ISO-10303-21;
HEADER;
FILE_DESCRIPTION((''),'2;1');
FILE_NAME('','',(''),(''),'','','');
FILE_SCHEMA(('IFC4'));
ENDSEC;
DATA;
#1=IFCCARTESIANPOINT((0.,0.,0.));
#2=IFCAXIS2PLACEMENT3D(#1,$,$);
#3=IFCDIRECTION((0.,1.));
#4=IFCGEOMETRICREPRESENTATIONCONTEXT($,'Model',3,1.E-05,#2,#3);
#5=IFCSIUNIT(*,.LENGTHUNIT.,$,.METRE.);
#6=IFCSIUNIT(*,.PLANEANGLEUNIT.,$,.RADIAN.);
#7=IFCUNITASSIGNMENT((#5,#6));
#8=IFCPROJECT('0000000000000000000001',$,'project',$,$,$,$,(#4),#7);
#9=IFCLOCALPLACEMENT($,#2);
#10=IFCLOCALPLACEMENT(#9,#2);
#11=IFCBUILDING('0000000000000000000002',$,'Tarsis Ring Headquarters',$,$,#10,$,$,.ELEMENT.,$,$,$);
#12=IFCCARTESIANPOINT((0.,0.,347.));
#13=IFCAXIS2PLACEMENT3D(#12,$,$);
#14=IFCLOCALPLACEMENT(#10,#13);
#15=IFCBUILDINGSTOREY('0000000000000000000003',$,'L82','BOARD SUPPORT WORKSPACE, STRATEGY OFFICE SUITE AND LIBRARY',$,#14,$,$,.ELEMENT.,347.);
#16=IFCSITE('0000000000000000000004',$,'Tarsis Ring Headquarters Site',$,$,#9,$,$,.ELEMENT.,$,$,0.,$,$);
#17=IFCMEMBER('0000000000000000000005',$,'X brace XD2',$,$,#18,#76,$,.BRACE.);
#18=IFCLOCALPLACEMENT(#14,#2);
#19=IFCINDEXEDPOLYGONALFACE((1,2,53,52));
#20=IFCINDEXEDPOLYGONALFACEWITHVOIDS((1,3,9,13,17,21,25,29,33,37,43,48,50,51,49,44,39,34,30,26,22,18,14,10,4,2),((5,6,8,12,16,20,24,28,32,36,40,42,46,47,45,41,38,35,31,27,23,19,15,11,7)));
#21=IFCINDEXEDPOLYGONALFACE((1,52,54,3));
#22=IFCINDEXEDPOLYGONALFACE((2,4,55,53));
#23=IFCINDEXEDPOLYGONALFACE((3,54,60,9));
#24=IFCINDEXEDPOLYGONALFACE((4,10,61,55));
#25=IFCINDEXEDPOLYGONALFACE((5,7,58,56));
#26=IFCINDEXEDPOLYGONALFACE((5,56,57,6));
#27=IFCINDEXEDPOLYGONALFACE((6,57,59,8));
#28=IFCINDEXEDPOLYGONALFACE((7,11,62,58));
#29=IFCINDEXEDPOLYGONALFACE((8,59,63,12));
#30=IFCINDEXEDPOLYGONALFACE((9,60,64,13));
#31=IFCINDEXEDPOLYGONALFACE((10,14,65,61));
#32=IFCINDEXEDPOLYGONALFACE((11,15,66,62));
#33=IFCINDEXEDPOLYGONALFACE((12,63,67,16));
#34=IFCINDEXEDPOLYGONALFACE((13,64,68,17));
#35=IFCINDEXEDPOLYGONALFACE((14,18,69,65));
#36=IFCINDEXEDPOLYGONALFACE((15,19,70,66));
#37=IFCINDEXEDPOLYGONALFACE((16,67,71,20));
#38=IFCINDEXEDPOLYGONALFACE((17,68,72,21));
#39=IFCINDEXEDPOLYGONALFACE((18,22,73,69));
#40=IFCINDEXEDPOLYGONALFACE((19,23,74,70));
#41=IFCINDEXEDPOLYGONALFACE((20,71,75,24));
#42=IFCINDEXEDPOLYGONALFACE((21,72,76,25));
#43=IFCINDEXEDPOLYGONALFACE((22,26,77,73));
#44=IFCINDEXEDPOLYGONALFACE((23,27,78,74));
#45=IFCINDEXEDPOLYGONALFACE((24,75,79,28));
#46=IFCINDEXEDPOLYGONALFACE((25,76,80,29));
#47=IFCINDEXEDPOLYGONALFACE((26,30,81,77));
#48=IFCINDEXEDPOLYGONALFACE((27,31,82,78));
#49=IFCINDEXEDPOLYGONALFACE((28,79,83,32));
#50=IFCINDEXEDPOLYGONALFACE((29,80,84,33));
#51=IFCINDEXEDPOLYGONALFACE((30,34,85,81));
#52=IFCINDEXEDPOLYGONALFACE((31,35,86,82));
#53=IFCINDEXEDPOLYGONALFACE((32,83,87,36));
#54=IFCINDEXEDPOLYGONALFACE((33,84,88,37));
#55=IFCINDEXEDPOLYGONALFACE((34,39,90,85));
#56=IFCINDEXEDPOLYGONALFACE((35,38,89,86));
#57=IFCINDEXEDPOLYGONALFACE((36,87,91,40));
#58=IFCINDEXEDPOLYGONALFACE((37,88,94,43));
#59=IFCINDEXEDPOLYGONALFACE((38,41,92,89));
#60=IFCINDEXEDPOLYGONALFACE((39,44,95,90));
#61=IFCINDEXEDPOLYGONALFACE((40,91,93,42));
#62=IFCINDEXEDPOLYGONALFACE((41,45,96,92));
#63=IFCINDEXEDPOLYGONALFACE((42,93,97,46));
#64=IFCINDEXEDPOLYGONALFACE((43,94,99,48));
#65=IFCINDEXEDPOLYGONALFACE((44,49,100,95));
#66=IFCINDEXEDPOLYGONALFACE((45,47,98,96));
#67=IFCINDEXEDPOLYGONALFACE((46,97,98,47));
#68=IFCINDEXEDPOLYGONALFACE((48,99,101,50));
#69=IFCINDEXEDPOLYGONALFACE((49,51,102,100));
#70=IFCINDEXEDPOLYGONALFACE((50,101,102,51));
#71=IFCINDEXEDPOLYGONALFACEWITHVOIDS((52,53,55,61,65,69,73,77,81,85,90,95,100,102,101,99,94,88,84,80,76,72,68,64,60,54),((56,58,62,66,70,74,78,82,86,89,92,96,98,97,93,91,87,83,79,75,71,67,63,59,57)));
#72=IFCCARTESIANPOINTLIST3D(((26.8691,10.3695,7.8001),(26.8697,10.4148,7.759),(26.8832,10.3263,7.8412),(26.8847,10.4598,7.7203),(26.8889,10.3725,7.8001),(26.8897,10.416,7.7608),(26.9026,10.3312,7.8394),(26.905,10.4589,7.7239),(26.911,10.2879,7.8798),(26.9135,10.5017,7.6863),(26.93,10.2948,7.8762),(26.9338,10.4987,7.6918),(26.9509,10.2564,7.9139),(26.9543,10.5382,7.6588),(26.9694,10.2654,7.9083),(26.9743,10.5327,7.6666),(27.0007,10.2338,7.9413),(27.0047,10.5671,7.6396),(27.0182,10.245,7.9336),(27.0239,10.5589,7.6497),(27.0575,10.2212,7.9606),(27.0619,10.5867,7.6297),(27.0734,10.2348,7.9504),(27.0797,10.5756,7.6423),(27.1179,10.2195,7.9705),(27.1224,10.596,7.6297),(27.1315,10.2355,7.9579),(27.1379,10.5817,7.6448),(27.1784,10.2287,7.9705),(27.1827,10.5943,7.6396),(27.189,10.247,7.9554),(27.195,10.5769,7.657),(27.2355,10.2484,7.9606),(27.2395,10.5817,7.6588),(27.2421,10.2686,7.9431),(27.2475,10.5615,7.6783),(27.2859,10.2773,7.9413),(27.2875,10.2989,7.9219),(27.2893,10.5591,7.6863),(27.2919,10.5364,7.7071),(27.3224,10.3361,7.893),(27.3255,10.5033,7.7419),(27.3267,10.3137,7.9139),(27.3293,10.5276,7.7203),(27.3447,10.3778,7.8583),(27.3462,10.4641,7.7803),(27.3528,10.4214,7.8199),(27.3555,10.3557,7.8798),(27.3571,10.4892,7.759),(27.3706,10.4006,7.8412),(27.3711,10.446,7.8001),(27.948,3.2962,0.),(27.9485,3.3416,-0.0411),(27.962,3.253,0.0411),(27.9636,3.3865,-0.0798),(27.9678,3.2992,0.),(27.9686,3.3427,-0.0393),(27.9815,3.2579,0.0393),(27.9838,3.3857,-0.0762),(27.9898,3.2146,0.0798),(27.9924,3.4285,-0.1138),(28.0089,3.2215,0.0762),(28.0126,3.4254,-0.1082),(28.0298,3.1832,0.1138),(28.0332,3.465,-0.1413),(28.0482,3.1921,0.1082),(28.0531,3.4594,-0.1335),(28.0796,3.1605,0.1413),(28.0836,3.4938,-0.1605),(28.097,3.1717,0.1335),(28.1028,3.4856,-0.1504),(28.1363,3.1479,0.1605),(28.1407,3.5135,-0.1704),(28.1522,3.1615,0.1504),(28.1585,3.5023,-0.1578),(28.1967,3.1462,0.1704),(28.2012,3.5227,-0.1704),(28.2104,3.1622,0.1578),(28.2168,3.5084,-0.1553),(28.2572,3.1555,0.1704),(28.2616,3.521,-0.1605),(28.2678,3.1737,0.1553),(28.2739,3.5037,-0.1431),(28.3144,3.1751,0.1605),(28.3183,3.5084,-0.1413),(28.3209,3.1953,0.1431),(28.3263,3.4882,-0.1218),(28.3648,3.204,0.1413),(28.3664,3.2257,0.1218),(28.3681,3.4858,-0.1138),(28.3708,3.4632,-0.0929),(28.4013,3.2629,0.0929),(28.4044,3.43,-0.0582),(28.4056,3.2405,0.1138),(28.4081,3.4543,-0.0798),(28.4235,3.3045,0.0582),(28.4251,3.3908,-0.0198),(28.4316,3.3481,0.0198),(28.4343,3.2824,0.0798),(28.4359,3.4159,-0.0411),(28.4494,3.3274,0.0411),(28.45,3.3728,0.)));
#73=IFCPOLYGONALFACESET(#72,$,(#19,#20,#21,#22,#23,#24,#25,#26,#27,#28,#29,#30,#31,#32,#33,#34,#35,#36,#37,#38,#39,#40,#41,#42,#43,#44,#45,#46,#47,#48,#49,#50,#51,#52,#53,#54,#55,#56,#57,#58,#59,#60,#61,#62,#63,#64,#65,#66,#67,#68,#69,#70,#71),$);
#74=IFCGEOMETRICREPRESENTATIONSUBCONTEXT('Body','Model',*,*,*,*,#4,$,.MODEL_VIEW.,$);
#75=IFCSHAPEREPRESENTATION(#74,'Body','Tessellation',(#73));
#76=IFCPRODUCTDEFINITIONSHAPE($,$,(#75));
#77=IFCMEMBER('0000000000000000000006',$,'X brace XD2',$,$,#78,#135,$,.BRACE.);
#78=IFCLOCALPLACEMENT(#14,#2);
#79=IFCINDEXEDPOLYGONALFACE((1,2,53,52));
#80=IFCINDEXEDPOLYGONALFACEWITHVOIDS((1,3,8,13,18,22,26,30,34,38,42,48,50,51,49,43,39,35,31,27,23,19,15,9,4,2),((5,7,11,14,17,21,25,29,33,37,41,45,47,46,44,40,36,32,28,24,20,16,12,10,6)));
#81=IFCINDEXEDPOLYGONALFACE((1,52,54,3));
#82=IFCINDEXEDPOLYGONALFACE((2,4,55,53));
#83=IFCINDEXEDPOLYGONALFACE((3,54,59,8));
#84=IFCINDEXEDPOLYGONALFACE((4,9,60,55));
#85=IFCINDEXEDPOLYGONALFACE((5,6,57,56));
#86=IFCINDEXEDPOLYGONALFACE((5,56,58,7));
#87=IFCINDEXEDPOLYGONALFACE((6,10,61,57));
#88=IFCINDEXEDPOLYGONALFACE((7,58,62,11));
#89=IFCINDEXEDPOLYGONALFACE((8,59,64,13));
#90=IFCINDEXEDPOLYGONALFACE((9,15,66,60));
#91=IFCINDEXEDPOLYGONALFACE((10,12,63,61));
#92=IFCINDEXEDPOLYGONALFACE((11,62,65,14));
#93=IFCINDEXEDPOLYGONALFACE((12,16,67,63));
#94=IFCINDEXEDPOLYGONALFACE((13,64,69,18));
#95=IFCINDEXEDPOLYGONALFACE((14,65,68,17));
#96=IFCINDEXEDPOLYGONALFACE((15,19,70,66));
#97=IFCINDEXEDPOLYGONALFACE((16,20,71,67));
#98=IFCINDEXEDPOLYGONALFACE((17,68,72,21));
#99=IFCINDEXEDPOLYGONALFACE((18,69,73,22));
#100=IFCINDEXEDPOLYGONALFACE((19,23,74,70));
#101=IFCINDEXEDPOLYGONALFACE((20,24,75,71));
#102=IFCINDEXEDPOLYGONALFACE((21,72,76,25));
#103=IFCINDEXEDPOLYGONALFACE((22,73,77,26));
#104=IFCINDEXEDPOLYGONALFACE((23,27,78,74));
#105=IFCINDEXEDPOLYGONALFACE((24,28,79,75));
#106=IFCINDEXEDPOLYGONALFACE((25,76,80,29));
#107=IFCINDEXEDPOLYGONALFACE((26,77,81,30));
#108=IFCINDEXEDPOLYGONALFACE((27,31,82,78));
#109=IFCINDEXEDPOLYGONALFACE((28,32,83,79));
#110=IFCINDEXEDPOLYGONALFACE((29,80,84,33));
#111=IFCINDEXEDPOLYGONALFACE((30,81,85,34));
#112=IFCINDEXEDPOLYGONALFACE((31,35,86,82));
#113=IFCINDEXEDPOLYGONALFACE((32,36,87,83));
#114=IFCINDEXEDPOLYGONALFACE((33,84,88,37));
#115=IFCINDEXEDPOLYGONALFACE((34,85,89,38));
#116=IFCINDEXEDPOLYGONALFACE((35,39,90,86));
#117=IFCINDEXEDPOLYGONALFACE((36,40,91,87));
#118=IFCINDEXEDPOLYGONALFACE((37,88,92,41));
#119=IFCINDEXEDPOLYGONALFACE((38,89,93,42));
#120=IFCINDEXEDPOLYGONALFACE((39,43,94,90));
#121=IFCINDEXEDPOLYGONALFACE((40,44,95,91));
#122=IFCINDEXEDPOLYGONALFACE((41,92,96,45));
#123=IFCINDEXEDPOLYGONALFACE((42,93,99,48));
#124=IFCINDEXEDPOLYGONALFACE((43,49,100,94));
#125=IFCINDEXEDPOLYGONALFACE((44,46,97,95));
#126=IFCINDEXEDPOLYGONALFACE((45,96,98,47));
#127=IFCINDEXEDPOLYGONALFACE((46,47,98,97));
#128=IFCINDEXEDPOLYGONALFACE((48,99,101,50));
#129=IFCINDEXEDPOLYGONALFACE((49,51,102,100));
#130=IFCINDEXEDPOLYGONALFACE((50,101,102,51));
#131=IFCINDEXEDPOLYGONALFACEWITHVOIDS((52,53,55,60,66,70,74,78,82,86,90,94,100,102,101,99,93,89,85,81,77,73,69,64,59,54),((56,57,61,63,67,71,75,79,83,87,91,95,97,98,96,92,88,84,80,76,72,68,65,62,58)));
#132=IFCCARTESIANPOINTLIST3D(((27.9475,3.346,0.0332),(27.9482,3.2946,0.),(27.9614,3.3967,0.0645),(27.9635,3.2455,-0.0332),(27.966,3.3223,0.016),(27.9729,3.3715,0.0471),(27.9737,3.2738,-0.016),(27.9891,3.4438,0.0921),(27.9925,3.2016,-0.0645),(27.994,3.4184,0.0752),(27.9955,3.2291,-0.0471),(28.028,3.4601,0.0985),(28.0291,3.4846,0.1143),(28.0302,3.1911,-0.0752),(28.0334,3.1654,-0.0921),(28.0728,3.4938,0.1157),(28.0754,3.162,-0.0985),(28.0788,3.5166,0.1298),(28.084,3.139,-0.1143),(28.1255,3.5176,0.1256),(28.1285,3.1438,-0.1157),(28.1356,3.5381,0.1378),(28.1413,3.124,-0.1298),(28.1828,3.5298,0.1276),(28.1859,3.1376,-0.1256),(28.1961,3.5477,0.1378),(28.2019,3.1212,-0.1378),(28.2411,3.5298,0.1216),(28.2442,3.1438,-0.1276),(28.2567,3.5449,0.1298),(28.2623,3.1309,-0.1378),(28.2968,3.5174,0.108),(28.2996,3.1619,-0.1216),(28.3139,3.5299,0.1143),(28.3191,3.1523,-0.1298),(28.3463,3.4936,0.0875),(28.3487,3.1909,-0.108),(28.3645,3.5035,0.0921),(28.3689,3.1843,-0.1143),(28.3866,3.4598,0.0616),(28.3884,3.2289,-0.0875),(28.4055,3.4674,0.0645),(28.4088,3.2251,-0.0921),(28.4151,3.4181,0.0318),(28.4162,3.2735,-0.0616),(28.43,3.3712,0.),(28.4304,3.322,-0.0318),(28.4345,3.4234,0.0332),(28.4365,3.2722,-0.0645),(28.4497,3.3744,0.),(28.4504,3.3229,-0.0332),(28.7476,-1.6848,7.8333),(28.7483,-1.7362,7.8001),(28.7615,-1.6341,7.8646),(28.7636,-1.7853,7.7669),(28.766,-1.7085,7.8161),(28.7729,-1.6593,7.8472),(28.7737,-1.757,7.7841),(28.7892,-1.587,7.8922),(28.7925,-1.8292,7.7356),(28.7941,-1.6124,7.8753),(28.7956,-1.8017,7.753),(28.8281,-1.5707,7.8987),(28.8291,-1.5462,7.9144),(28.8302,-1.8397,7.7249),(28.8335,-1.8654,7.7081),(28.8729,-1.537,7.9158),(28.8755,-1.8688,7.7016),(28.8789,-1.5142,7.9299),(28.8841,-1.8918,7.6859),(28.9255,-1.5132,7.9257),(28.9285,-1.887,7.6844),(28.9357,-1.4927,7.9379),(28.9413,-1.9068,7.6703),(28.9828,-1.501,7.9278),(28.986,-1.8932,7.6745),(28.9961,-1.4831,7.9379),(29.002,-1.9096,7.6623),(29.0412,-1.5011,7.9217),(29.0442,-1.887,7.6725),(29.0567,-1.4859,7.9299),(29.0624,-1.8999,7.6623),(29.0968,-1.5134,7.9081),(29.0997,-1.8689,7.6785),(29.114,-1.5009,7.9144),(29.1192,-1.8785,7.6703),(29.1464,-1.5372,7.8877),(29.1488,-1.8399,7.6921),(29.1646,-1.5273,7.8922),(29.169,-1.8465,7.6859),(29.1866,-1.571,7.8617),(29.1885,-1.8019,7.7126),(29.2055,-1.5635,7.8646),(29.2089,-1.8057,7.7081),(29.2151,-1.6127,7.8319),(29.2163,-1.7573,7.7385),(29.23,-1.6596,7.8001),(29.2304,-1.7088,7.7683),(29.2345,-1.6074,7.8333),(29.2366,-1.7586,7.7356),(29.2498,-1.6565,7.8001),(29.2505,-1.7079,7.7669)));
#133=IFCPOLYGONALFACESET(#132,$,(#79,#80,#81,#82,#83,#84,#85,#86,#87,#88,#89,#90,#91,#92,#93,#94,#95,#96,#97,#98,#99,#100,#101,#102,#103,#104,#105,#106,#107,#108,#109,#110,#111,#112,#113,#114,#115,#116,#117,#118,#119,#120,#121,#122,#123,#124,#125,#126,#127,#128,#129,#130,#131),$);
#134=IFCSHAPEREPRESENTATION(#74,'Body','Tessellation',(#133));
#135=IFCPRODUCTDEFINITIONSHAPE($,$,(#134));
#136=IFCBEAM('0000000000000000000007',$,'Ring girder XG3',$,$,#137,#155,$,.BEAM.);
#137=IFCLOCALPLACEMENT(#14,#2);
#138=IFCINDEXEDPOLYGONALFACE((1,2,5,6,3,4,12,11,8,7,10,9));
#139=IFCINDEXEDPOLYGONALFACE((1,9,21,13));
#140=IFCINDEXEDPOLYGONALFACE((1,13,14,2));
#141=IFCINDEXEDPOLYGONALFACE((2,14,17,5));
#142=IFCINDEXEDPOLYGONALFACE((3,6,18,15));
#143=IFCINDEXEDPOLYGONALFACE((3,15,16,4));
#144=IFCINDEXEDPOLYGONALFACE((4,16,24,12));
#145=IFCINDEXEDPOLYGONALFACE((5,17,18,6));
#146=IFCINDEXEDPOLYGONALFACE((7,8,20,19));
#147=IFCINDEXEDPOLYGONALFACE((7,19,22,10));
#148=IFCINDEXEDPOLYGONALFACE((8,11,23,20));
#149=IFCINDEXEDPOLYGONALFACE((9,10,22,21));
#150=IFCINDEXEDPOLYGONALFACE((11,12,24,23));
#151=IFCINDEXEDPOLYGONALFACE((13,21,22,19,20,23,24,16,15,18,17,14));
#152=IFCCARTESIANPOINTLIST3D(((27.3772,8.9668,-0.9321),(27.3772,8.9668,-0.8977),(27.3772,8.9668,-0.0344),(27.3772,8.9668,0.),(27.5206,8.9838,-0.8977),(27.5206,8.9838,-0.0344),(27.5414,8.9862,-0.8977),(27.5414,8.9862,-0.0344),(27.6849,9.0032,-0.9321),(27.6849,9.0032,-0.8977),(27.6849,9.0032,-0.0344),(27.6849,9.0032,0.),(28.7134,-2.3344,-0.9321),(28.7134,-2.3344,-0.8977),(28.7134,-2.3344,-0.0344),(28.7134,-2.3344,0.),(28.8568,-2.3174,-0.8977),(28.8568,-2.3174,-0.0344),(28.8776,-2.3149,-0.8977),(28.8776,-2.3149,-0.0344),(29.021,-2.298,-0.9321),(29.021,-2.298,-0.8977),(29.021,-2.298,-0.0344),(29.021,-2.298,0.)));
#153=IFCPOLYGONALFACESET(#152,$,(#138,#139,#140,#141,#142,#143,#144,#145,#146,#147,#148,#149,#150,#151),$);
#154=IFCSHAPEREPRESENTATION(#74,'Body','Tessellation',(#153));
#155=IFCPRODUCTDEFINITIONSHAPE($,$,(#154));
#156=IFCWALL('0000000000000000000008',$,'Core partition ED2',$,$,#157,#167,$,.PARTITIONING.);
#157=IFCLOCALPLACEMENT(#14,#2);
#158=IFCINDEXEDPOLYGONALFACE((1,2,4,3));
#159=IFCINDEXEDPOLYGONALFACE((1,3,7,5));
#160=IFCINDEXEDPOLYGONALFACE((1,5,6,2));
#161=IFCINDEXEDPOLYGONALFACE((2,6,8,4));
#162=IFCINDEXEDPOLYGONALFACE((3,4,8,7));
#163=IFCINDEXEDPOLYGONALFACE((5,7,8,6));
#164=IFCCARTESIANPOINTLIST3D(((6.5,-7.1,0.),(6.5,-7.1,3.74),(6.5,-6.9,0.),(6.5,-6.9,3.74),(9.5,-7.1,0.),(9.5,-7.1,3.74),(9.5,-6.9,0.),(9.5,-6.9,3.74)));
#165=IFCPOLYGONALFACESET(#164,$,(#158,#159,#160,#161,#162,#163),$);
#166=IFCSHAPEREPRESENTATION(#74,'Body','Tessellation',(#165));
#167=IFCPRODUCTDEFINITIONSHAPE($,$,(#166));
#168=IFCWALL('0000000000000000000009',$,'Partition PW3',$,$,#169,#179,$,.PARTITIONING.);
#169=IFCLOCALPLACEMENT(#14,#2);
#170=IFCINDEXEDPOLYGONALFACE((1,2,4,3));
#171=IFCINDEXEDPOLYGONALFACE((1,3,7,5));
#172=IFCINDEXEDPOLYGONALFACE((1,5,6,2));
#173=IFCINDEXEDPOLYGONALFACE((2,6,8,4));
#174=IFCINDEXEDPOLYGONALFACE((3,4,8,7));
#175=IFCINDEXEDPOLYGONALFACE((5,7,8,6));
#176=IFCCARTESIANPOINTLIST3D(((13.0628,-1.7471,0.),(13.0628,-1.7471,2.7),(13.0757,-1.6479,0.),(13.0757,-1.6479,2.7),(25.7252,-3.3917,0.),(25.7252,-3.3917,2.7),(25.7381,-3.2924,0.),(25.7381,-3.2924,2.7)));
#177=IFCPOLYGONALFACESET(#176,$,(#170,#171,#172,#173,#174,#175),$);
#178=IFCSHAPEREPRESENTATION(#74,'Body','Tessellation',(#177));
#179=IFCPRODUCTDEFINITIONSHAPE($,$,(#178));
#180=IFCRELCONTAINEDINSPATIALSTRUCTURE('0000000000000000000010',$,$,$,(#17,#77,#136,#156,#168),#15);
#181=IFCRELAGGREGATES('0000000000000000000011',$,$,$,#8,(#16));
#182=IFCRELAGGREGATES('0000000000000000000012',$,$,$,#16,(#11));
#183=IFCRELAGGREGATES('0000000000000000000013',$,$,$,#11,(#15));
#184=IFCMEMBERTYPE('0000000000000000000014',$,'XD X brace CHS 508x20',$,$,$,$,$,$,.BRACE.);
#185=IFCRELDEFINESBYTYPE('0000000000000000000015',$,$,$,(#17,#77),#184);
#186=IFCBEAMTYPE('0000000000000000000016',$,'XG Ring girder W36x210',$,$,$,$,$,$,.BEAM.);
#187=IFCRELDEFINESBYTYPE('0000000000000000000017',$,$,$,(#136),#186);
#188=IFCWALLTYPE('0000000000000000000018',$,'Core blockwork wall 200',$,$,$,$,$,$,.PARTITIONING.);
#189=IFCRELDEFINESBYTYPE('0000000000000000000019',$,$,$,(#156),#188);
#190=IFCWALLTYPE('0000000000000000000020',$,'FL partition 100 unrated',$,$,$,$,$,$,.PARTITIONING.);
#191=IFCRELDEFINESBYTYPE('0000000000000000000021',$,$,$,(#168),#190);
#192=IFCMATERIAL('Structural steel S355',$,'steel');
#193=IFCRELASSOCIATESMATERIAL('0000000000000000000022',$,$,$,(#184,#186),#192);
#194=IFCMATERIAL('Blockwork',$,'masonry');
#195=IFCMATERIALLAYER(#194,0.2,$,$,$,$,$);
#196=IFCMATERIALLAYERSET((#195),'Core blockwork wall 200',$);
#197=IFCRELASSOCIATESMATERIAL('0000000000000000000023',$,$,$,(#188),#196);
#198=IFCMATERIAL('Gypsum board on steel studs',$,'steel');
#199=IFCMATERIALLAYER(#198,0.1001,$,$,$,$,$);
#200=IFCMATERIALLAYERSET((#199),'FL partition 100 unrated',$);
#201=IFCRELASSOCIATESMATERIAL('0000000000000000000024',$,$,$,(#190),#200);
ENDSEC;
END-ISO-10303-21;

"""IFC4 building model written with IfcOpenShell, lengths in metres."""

from ifc_helpers import new_model, si_unit, direction, frame, frame_2d, origin, origin_2d, place, context, subcontext, project, spatial, rectangle, hollow_circle, i_section, extrude, material, layer, layer_set, material_profile, profile_set, type_object, element, save


model = new_model("IFC4")

# Units and contexts
model_context = context("Model", 3, precision=1e-05, world=origin(), true_north=direction((0.0, 1.0)))
body_context = subcontext(model_context, "Body", "Model", "MODEL_VIEW")
ifc_project = project(units=[si_unit("LENGTHUNIT", "METRE"), si_unit("PLANEANGLEUNIT", "RADIAN")], contexts=[model_context])

# Site, building, storey
site_placement = place(None, origin())
site = spatial("IfcSite", under=ifc_project, at=site_placement, Name="Tarsis Ring Headquarters Site", CompositionType="ELEMENT", RefElevation=0.0)
building_placement = place(site_placement, origin())
building = spatial("IfcBuilding", under=site, at=building_placement, Name="Tarsis Ring Headquarters", CompositionType="ELEMENT")
storey_placement = place(building_placement, frame((0.0, 0.0, 347.0)))
storey = spatial("IfcBuildingStorey", under=building, at=storey_placement, Name="L82", Description="BOARD SUPPORT WORKSPACE, STRATEGY OFFICE SUITE AND LIBRARY", CompositionType="ELEMENT", Elevation=347.0)

# Shared definitions
ifc_material_1 = material(Name="Structural steel S355", Category="steel")

# Members
ifc_material_profile_1 = material_profile(ifc_material_1, hollow_circle(Radius=0.2539, WallThickness=0.02, at=origin_2d()), Name="CHS 508x20")
ifc_profile_set_1 = profile_set([ifc_material_profile_1], Name="Structural steel S355")
member_type = type_object("IfcMemberType", Name="XD X brace CHS 508x20", PredefinedType="BRACE", material=ifc_profile_set_1)
member_1_placement = place(storey_placement, frame((28.199, 3.3345, 0.0), z_axis=(-0.101926, 0.668253, 0.736919), x_axis=(-0.988567, -0.150783, 0.0)))
element("IfcMember", 1, at=member_1_placement, inside=storey, type_object=member_type, Name="X brace XD2", PredefinedType="BRACE", context=body_context, shape_type="SweptSolid", body=[
    extrude(hollow_circle(Radius=0.2539, WallThickness=0.02, at=origin_2d()), origin(), (0.0, 0.0, 1.0), 10.5847),
])
member_2_placement = place(storey_placement, frame((28.199, 3.3345, 0.0), z_axis=(0.085878, -0.540008, 0.837267), x_axis=(0.987589, 0.157058, 0.0)))
element("IfcMember", 2, at=member_2_placement, inside=storey, type_object=member_type, Name="X brace XD2", PredefinedType="BRACE", context=body_context, shape_type="SweptSolid", body=[
    extrude(hollow_circle(Radius=0.2539, WallThickness=0.02, at=origin_2d()), origin(), (0.0, 0.0, 1.0), 9.3162),
])

# Beam
ifc_material_profile_2 = material_profile(ifc_material_1, i_section(OverallWidth=0.3098, OverallDepth=0.9321, WebThickness=0.021, FlangeThickness=0.0344, at=origin_2d()), Name="W36x210")
ifc_profile_set_2 = profile_set([ifc_material_profile_2], Name="Structural steel S355")
beam_type_1 = type_object("IfcBeamType", Name="XG Ring girder W36x210", PredefinedType="BEAM", material=ifc_profile_set_2)
beam_1_placement = place(storey_placement, frame((28.8672, -2.3162, -0.4661), z_axis=(-0.117415, 0.993083, 0.0), x_axis=(-0.993083, -0.117415, 0.0)))
element("IfcBeam", 3, at=beam_1_placement, inside=storey, type_object=beam_type_1, Name="Ring girder XG3", PredefinedType="BEAM", context=body_context, shape_type="SweptSolid", body=[
    extrude(i_section(OverallWidth=0.3098, OverallDepth=0.9321, WebThickness=0.021, FlangeThickness=0.0344, at=origin_2d()), origin(), (0.0, 0.0, 1.0), 11.3799),
])

# Walls
ifc_material_2 = material(Name="Blockwork", Category="masonry")
ifc_layer_1 = layer(ifc_material_2, 0.2)
ifc_layer_set_1 = layer_set([ifc_layer_1], Name="Core blockwork wall 200")
wall_type_1 = type_object("IfcWallType", Name="Core blockwork wall 200", PredefinedType="PARTITIONING", material=ifc_layer_set_1)
wall_1_placement = place(storey_placement, frame((6.5, -7.0, 0.0), z_axis=(0.0, 0.0, 1.0), x_axis=(1.0, 0.0, 0.0)))
element("IfcWall", 4, at=wall_1_placement, inside=storey, type_object=wall_type_1, Name="Core partition ED2", PredefinedType="PARTITIONING", context=body_context, shape_type="SweptSolid", body=[
    extrude(rectangle(XDim=3.0, YDim=0.2, at=frame_2d((1.5, 0.0))), origin(), (0.0, 0.0, 1.0), 3.74),
])
ifc_material_3 = material(Name="Gypsum board on steel studs", Category="steel")
ifc_layer_2 = layer(ifc_material_3, 0.1001)
ifc_layer_set_2 = layer_set([ifc_layer_2], Name="FL partition 100 unrated")
wall_type_2 = type_object("IfcWallType", Name="FL partition 100 unrated", PredefinedType="PARTITIONING", material=ifc_layer_set_2)
wall_2_placement = place(storey_placement, frame((13.0693, -1.6975, 0.0), z_axis=(0.0, 0.0, 1.0), x_axis=(0.991671, -0.128794, 0.0)))
element("IfcWall", 5, at=wall_2_placement, inside=storey, type_object=wall_type_2, Name="Partition PW3", PredefinedType="PARTITIONING", context=body_context, shape_type="SweptSolid", body=[
    extrude(rectangle(XDim=12.7688, YDim=0.1001, at=frame_2d((6.3843, 0.0))), origin(), (0.0, 0.0, 1.0), 2.7),
])

save(model, "model.ifc")
